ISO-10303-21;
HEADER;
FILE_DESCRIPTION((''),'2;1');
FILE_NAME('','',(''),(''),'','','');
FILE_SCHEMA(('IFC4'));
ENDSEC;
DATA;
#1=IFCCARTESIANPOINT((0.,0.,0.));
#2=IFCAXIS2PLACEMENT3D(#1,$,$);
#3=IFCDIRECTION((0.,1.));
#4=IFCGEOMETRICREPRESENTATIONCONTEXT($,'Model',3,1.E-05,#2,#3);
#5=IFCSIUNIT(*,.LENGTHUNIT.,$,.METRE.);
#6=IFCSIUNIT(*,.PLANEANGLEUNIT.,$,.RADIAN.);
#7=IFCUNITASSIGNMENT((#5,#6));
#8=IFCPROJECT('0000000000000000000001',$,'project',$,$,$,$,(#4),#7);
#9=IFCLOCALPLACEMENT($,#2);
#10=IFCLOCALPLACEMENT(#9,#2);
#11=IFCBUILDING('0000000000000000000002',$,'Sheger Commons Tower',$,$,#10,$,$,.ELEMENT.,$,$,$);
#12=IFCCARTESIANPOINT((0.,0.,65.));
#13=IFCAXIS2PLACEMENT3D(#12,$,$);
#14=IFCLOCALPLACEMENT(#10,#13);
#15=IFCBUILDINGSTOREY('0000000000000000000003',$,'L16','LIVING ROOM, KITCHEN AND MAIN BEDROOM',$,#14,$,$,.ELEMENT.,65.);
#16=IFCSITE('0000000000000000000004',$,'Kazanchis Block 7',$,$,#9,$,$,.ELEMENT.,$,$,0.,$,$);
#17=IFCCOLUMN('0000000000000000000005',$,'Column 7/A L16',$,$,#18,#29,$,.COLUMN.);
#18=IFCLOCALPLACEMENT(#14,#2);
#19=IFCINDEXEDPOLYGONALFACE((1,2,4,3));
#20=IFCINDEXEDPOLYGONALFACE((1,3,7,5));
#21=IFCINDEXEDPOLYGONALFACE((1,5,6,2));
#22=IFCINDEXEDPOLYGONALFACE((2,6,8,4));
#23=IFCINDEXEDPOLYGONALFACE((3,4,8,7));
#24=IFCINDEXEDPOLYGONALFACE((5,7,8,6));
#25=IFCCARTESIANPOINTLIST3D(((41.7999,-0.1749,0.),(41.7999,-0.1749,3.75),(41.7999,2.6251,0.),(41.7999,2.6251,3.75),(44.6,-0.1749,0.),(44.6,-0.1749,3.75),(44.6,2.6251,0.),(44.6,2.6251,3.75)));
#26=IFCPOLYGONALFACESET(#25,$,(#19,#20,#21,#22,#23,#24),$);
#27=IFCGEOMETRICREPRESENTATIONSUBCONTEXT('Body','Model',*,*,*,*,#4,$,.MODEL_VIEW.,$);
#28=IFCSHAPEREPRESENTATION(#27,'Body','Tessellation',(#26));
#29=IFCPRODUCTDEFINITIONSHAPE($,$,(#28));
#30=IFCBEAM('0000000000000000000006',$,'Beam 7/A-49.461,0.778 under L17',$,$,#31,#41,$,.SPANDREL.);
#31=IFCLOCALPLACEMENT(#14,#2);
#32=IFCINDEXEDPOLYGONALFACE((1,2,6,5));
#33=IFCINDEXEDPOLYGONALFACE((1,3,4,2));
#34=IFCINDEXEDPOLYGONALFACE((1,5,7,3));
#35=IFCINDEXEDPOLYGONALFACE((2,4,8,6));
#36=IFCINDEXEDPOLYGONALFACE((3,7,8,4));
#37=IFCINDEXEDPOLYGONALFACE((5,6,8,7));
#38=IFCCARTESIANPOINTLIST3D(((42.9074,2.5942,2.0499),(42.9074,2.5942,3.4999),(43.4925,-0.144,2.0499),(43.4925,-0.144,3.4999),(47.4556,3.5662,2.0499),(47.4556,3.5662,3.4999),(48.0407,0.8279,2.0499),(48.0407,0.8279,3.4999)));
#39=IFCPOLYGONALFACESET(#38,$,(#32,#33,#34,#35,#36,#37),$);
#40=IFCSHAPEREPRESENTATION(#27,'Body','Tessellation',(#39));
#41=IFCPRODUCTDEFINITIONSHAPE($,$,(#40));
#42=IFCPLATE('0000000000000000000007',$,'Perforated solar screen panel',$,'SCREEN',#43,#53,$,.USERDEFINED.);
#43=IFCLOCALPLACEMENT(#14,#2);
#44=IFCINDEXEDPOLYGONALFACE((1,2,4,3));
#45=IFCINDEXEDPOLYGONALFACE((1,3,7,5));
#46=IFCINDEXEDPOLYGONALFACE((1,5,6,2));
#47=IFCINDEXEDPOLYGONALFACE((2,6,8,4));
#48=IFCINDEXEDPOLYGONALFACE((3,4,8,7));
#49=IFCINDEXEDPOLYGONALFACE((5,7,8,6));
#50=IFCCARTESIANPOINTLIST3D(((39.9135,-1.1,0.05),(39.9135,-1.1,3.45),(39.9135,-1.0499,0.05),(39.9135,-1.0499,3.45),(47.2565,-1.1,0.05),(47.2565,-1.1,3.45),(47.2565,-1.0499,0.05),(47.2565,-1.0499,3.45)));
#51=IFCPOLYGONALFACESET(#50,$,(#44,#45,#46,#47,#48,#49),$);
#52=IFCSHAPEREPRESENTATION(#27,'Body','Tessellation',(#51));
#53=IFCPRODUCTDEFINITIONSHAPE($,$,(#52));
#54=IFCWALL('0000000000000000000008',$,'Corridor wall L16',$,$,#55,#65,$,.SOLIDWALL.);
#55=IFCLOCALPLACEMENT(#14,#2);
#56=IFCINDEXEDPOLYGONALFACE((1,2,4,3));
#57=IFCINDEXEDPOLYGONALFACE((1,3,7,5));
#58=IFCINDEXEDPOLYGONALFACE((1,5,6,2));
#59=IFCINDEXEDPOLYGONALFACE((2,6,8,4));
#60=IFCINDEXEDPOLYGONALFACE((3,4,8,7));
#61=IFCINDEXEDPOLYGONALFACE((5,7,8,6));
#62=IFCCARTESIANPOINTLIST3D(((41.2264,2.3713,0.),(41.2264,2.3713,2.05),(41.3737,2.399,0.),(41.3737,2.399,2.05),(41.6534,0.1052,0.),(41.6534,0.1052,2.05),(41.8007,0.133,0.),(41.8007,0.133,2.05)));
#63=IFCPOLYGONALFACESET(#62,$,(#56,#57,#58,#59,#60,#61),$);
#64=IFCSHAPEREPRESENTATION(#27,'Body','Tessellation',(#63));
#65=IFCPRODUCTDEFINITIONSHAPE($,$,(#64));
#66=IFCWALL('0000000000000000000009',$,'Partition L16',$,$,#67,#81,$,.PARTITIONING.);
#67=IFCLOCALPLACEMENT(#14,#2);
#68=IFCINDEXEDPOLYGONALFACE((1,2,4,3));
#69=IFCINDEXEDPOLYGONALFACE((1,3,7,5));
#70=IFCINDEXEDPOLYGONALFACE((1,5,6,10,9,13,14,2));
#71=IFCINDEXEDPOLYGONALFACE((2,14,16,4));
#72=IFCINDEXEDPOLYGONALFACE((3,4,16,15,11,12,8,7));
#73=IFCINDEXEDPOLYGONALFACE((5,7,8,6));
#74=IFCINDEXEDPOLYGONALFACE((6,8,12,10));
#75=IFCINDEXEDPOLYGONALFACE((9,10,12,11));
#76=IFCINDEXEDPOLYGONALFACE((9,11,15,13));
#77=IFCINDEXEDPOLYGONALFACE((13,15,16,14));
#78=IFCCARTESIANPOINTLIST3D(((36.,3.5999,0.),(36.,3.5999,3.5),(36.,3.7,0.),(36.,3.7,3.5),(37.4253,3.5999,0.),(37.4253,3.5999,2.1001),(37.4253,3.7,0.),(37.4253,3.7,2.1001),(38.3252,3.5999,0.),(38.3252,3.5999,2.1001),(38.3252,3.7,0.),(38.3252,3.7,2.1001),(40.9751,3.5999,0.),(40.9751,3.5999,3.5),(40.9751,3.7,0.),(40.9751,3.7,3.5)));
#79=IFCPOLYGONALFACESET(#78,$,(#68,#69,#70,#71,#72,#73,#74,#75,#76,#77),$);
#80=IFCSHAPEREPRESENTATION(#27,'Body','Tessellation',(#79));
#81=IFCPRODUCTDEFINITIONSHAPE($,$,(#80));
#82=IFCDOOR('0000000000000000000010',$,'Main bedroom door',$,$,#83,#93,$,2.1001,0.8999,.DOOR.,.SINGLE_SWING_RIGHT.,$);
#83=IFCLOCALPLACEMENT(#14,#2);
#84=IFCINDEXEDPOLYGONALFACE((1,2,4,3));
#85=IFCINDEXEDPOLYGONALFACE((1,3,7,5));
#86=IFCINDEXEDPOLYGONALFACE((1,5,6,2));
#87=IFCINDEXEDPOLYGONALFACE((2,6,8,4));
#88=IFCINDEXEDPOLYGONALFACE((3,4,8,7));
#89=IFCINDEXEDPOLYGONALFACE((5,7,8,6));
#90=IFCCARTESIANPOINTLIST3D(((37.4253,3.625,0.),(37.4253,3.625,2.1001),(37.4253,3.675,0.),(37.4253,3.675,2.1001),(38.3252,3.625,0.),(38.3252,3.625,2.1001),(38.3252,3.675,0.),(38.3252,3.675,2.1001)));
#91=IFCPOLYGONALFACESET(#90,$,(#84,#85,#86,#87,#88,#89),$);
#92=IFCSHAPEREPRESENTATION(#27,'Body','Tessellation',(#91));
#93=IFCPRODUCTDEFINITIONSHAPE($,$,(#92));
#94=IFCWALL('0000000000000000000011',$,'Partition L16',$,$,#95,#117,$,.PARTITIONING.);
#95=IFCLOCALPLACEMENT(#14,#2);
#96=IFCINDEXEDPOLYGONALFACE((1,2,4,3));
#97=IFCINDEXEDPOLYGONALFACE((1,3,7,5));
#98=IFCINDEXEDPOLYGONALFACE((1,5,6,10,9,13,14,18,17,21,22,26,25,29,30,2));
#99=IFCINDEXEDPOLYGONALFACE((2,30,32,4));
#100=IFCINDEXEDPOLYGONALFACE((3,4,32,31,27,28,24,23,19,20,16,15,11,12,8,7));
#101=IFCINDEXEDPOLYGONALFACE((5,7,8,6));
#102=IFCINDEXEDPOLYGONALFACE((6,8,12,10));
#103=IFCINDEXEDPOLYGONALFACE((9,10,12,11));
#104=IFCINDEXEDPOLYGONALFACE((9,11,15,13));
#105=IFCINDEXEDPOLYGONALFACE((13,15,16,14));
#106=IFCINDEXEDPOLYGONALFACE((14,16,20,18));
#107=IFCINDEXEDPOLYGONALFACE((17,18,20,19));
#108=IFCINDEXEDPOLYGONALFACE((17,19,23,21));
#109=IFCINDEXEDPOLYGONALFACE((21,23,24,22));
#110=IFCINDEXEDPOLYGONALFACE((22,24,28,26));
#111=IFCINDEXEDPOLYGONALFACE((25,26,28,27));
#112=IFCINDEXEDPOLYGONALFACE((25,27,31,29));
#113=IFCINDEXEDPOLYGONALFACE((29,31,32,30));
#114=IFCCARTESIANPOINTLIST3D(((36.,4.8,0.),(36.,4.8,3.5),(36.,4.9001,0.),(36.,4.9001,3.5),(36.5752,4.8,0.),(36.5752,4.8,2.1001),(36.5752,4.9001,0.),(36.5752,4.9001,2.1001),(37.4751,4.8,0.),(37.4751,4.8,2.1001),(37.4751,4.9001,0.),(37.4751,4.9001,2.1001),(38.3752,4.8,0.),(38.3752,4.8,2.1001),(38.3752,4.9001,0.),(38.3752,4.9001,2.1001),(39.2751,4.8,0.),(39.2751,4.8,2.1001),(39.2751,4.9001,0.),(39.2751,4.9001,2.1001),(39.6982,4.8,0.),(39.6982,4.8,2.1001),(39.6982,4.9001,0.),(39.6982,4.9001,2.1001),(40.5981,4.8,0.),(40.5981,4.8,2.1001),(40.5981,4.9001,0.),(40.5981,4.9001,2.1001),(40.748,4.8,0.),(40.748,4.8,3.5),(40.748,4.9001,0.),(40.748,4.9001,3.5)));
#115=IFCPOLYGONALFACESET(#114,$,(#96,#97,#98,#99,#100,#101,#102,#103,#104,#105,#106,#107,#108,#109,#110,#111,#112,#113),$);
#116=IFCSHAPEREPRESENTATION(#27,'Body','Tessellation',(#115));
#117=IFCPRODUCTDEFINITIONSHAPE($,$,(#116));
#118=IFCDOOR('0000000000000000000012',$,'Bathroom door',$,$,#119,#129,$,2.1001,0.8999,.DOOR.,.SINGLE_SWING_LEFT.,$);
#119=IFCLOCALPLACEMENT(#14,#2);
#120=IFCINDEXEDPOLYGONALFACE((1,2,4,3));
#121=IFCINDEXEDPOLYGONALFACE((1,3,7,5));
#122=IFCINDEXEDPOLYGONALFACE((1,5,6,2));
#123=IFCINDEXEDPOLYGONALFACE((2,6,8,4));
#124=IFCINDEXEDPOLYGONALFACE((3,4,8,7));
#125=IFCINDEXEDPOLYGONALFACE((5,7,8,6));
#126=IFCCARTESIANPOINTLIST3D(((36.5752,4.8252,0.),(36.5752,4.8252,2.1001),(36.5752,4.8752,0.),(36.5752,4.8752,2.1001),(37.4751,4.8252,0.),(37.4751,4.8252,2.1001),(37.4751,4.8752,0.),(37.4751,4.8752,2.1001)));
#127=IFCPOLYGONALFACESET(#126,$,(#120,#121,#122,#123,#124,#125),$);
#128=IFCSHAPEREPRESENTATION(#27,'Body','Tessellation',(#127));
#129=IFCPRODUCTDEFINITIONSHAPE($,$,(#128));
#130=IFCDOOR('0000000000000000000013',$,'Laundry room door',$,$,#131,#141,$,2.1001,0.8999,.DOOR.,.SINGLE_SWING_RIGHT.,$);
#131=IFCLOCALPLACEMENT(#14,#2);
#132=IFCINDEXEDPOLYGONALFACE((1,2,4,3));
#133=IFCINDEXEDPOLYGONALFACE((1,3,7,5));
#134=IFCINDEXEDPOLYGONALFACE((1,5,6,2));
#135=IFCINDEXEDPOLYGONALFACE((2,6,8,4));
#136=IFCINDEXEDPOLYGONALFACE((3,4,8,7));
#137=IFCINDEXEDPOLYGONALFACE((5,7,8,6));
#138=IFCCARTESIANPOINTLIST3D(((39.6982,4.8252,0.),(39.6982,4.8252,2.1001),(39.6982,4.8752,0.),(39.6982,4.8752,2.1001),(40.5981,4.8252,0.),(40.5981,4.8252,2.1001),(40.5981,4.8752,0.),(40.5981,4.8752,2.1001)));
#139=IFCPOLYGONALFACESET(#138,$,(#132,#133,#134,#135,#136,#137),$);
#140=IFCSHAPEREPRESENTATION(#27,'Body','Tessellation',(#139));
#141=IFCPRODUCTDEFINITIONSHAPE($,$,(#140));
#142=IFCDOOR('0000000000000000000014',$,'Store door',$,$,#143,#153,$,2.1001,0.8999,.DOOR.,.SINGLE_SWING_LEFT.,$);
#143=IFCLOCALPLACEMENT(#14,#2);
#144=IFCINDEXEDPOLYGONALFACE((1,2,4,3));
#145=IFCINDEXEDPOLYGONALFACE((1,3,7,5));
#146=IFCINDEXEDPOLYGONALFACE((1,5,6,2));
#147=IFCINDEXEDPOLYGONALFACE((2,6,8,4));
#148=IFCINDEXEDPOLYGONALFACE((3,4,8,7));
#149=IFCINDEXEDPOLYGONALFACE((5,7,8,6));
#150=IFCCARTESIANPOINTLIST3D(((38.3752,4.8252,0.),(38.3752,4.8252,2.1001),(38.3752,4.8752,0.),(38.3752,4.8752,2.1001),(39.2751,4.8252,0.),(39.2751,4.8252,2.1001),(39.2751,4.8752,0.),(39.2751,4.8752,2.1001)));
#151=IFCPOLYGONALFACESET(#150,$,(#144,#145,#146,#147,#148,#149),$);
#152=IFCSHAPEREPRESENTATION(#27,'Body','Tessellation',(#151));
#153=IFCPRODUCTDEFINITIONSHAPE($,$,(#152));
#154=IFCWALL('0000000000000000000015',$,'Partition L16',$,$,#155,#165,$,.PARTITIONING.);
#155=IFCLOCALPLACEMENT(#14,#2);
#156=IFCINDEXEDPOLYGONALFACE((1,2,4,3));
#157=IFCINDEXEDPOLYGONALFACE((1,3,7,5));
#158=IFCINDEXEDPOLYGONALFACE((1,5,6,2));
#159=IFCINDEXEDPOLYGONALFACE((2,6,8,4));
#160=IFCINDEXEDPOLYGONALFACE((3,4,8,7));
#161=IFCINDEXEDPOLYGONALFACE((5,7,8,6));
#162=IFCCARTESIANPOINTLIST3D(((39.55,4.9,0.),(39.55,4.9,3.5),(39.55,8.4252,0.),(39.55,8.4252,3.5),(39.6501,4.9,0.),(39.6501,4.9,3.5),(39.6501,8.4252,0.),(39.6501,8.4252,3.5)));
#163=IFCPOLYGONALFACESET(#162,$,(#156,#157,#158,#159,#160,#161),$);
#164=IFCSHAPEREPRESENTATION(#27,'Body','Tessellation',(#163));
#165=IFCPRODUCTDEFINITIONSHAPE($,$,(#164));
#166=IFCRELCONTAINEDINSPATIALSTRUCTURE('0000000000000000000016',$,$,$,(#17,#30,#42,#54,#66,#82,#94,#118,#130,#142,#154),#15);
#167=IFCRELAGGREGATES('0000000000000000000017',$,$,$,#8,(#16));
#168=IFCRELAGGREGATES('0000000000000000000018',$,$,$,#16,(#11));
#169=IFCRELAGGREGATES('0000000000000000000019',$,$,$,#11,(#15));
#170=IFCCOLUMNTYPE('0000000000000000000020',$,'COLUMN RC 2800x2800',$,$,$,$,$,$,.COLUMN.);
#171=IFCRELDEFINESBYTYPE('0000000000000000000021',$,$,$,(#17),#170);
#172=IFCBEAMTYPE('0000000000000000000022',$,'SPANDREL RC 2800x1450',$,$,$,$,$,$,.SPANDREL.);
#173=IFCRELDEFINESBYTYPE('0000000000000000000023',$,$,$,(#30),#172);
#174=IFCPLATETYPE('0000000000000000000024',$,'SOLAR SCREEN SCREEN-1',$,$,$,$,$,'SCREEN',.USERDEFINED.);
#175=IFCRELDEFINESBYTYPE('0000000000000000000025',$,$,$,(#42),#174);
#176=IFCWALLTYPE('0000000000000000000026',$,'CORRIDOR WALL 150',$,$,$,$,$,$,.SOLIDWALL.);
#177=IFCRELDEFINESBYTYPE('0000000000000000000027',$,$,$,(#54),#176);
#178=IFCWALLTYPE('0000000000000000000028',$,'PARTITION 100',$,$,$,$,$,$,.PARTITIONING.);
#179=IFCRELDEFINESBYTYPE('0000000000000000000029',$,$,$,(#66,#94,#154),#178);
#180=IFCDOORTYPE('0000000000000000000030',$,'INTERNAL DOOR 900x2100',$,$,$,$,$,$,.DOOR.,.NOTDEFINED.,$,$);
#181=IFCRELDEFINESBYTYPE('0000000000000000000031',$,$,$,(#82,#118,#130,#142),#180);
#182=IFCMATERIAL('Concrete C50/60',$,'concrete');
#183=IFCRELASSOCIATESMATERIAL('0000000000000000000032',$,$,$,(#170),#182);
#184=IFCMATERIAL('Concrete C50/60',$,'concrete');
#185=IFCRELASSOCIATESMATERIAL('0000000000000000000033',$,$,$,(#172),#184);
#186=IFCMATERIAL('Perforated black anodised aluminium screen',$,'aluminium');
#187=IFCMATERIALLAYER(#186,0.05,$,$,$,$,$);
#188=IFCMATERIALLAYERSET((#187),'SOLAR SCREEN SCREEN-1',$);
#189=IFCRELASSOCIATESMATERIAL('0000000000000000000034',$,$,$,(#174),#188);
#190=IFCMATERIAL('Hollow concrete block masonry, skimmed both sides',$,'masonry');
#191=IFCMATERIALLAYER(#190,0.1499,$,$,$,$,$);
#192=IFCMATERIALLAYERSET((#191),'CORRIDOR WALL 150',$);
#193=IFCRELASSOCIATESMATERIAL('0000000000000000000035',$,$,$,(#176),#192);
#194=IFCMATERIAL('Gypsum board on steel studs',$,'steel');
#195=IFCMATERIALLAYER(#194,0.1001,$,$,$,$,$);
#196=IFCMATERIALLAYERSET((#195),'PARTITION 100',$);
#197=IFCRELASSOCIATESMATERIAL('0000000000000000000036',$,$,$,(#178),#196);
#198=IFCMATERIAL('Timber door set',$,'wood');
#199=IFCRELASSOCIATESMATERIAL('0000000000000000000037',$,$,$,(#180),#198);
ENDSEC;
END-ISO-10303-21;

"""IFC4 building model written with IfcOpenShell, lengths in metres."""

from ifc_helpers import new_model, si_unit, direction, frame, frame_2d, origin, origin_2d, place, context, subcontext, project, spatial, rectangle, extrude, material, layer, layer_set, material_profile, profile_set, type_object, element, fill, save


model = new_model("IFC4")

# Units and contexts
model_context = context("Model", 3, precision=1e-05, world=origin(), true_north=direction((0.0, 1.0)))
body_context = subcontext(model_context, "Body", "Model", "MODEL_VIEW")
ifc_project = project(units=[si_unit("LENGTHUNIT", "METRE"), si_unit("PLANEANGLEUNIT", "RADIAN")], contexts=[model_context])

# Site, building, storey
site_placement = place(None, origin())
site = spatial("IfcSite", under=ifc_project, at=site_placement, Name="Kazanchis Block 7", CompositionType="ELEMENT", RefElevation=0.0)
building_placement = place(site_placement, origin())
building = spatial("IfcBuilding", under=site, at=building_placement, Name="Sheger Commons Tower", CompositionType="ELEMENT")
storey_placement = place(building_placement, frame((0.0, 0.0, 65.0)))
storey = spatial("IfcBuildingStorey", under=building, at=storey_placement, Name="L16", Description="LIVING ROOM, KITCHEN AND MAIN BEDROOM", CompositionType="ELEMENT", Elevation=65.0)

# Column
ifc_material_1 = material(Name="Concrete C50/60", Category="concrete")
ifc_material_profile_1 = material_profile(ifc_material_1, rectangle(XDim=2.8, YDim=2.8, at=origin_2d()), Name="RC 2800x2800")
ifc_profile_set_1 = profile_set([ifc_material_profile_1], Name="Concrete C50/60")
column_type = type_object("IfcColumnType", Name="COLUMN RC 2800x2800", PredefinedType="COLUMN", material=ifc_profile_set_1)
column_placement = place(storey_placement, frame((43.2, 1.2251, 0.0), z_axis=(0.0, 0.0, 1.0), x_axis=(1.0, 0.0, 0.0)))
element("IfcColumn", 1, at=column_placement, inside=storey, type_object=column_type, Name="Column 7/A L16", PredefinedType="COLUMN", context=body_context, shape_type="SweptSolid", body=[
    extrude(rectangle(XDim=2.8, YDim=2.8, at=origin_2d()), origin(), (0.0, 0.0, 1.0), 3.75),
])

# Beam
ifc_material_2 = material(Name="Concrete C50/60", Category="concrete")
ifc_material_profile_2 = material_profile(ifc_material_2, rectangle(XDim=2.8, YDim=1.45, at=origin_2d()), Name="RC 2800x1450")
ifc_profile_set_2 = profile_set([ifc_material_profile_2], Name="Concrete C50/60")
beam_type = type_object("IfcBeamType", Name="SPANDREL RC 2800x1450", PredefinedType="SPANDREL", material=ifc_profile_set_2)
beam_placement = place(storey_placement, frame((43.2, 1.2251, 2.7749), z_axis=(0.97792, 0.208981, 0.0), x_axis=(-0.208981, 0.97792, 0.0)))
element("IfcBeam", 2, at=beam_placement, inside=storey, type_object=beam_type, Name="Beam 7/A-49.461,0.778 under L17", PredefinedType="SPANDREL", context=body_context, shape_type="SweptSolid", body=[
    extrude(rectangle(XDim=2.8, YDim=1.45, at=origin_2d()), origin(), (0.0, 0.0, 1.0), 4.6509),
])

# Plate
ifc_material_3 = material(Name="Perforated black anodised aluminium screen", Category="aluminium")
ifc_layer_1 = layer(ifc_material_3, 0.05)
ifc_layer_set_1 = layer_set([ifc_layer_1], Name="SOLAR SCREEN SCREEN-1")
plate_type = type_object("IfcPlateType", Name="SOLAR SCREEN SCREEN-1", ElementType="SCREEN", PredefinedType="USERDEFINED", material=ifc_layer_set_1)
plate_placement = place(storey_placement, frame((43.585, -1.075, 0.05), z_axis=(0.0, 0.0, 1.0), x_axis=(1.0, 0.0, 0.0)))
element("IfcPlate", 3, at=plate_placement, inside=storey, type_object=plate_type, Name="Perforated solar screen panel", ObjectType="SCREEN", PredefinedType="USERDEFINED", context=body_context, shape_type="SweptSolid", body=[
    extrude(rectangle(XDim=7.343, YDim=0.05, at=origin_2d()), origin(), (0.0, 0.0, 1.0), 3.3999),
])

# Wall
ifc_material_4 = material(Name="Hollow concrete block masonry, skimmed both sides", Category="masonry")
ifc_layer_2 = layer(ifc_material_4, 0.1499)
ifc_layer_set_2 = layer_set([ifc_layer_2], Name="CORRIDOR WALL 150")
wall_type_1 = type_object("IfcWallType", Name="CORRIDOR WALL 150", PredefinedType="SOLIDWALL", material=ifc_layer_set_2)
wall_1_placement = place(storey_placement, frame((41.3, 2.385, 0.0), z_axis=(0.0, 0.0, 1.0), x_axis=(0.185171, -0.982706, 0.0)))
element("IfcWall", 4, at=wall_1_placement, inside=storey, type_object=wall_type_1, Name="Corridor wall L16", PredefinedType="SOLIDWALL", context=body_context, shape_type="SweptSolid", body=[
    extrude(rectangle(XDim=2.3059, YDim=0.1499, at=frame_2d((1.1528, 0.0))), origin(), (0.0, 0.0, 1.0), 2.05),
])

# Wall, opening, door
ifc_material_5 = material(Name="Gypsum board on steel studs", Category="steel")
ifc_layer_3 = layer(ifc_material_5, 0.1001)
ifc_layer_set_3 = layer_set([ifc_layer_3], Name="PARTITION 100")
wall_type_2 = type_object("IfcWallType", Name="PARTITION 100", PredefinedType="PARTITIONING", material=ifc_layer_set_3)
wall_2_placement = place(storey_placement, frame((40.9751, 3.6499, 0.0), z_axis=(0.0, 0.0, 1.0), x_axis=(-1.0, 0.0, 0.0)))
wall_2 = element("IfcWall", 5, at=wall_2_placement, inside=storey, type_object=wall_type_2, Name="Partition L16", PredefinedType="PARTITIONING", context=body_context, shape_type="SweptSolid", body=[
    extrude(rectangle(XDim=4.9751, YDim=0.1001, at=frame_2d((2.4875, 0.0))), origin(), (0.0, 0.0, 1.0), 3.5),
])
opening_1_placement = place(wall_2_placement, frame((2.6499, 0.0, 0.0)))
opening_1 = element("IfcOpeningElement", 6, at=opening_1_placement, cuts=wall_2, PredefinedType="OPENING", context=body_context, shape_type="SweptSolid", body=[
    extrude(rectangle(XDim=0.8999, YDim=2.1001, at=frame_2d((0.45, 1.05))), frame((0.0, 0.0601, 0.0), z_axis=(0.0, -1.0, 0.0), x_axis=(1.0, 0.0, 0.0)), (0.0, 0.0, 1.0), 0.1201),
])
ifc_material_6 = material(Name="Timber door set", Category="wood")
door_type = type_object("IfcDoorType", Name="INTERNAL DOOR 900x2100", OperationType="NOTDEFINED", PredefinedType="DOOR", material=ifc_material_6)
door_1_placement = place(opening_1_placement, origin())
door_1 = element("IfcDoor", 7, at=door_1_placement, inside=storey, type_object=door_type, Name="Main bedroom door", OperationType="SINGLE_SWING_RIGHT", OverallHeight=2.1001, OverallWidth=0.8999, PredefinedType="DOOR", context=body_context, shape_type="SweptSolid", body=[
    extrude(rectangle(XDim=0.8999, YDim=2.1001, at=frame_2d((0.45, 1.05))), frame((0.0, 0.0249, 0.0), z_axis=(0.0, -1.0, 0.0), x_axis=(1.0, 0.0, 0.0)), (0.0, 0.0, 1.0), 0.05),
])
fill(opening_1, door_1)

# Wall, openings, doors
wall_3_placement = place(storey_placement, frame((40.748, 4.8501, 0.0), z_axis=(0.0, 0.0, 1.0), x_axis=(-1.0, 0.0, 0.0)))
wall_3 = element("IfcWall", 8, at=wall_3_placement, inside=storey, type_object=wall_type_2, Name="Partition L16", PredefinedType="PARTITIONING", context=body_context, shape_type="SweptSolid", body=[
    extrude(rectangle(XDim=4.748, YDim=0.1001, at=frame_2d((2.374, 0.0))), origin(), (0.0, 0.0, 1.0), 3.5),
])
opening_2_placement = place(wall_3_placement, frame((3.2729, 0.0, 0.0)))
opening_2 = element("IfcOpeningElement", 9, at=opening_2_placement, cuts=wall_3, PredefinedType="OPENING", context=body_context, shape_type="SweptSolid", body=[
    extrude(rectangle(XDim=0.8999, YDim=2.1001, at=frame_2d((0.45, 1.05))), frame((0.0, 0.0601, 0.0), z_axis=(0.0, -1.0, 0.0), x_axis=(1.0, 0.0, 0.0)), (0.0, 0.0, 1.0), 0.1201),
])
opening_3_placement = place(wall_3_placement, frame((0.1499, 0.0, 0.0)))
opening_3 = element("IfcOpeningElement", 10, at=opening_3_placement, cuts=wall_3, PredefinedType="OPENING", context=body_context, shape_type="SweptSolid", body=[
    extrude(rectangle(XDim=0.8999, YDim=2.1001, at=frame_2d((0.45, 1.05))), frame((0.0, 0.0601, 0.0), z_axis=(0.0, -1.0, 0.0), x_axis=(1.0, 0.0, 0.0)), (0.0, 0.0, 1.0), 0.1201),
])
opening_4_placement = place(wall_3_placement, frame((1.4729, 0.0, 0.0)))
opening_4 = element("IfcOpeningElement", 11, at=opening_4_placement, cuts=wall_3, PredefinedType="OPENING", context=body_context, shape_type="SweptSolid", body=[
    extrude(rectangle(XDim=0.8999, YDim=2.1001, at=frame_2d((0.45, 1.05))), frame((0.0, 0.0601, 0.0), z_axis=(0.0, -1.0, 0.0), x_axis=(1.0, 0.0, 0.0)), (0.0, 0.0, 1.0), 0.1201),
])
door_2_placement = place(opening_2_placement, origin())
door_2 = element("IfcDoor", 12, at=door_2_placement, inside=storey, type_object=door_type, Name="Bathroom door", OperationType="SINGLE_SWING_LEFT", OverallHeight=2.1001, OverallWidth=0.8999, PredefinedType="DOOR", context=body_context, shape_type="SweptSolid", body=[
    extrude(rectangle(XDim=0.8999, YDim=2.1001, at=frame_2d((0.45, 1.05))), frame((0.0, 0.0249, 0.0), z_axis=(0.0, -1.0, 0.0), x_axis=(1.0, 0.0, 0.0)), (0.0, 0.0, 1.0), 0.05),
])
fill(opening_2, door_2)
door_3_placement = place(opening_3_placement, origin())
door_3 = element("IfcDoor", 13, at=door_3_placement, inside=storey, type_object=door_type, Name="Laundry room door", OperationType="SINGLE_SWING_RIGHT", OverallHeight=2.1001, OverallWidth=0.8999, PredefinedType="DOOR", context=body_context, shape_type="SweptSolid", body=[
    extrude(rectangle(XDim=0.8999, YDim=2.1001, at=frame_2d((0.45, 1.05))), frame((0.0, 0.0249, 0.0), z_axis=(0.0, -1.0, 0.0), x_axis=(1.0, 0.0, 0.0)), (0.0, 0.0, 1.0), 0.05),
])
fill(opening_3, door_3)
door_4_placement = place(opening_4_placement, origin())
door_4 = element("IfcDoor", 14, at=door_4_placement, inside=storey, type_object=door_type, Name="Store door", OperationType="SINGLE_SWING_LEFT", OverallHeight=2.1001, OverallWidth=0.8999, PredefinedType="DOOR", context=body_context, shape_type="SweptSolid", body=[
    extrude(rectangle(XDim=0.8999, YDim=2.1001, at=frame_2d((0.45, 1.05))), frame((0.0, 0.0249, 0.0), z_axis=(0.0, -1.0, 0.0), x_axis=(1.0, 0.0, 0.0)), (0.0, 0.0, 1.0), 0.05),
])
fill(opening_4, door_4)

# Wall
wall_4_placement = place(storey_placement, frame((39.6001, 4.8999, 0.0), z_axis=(0.0, 0.0, 1.0), x_axis=(0.0, 1.0, 0.0)))
element("IfcWall", 15, at=wall_4_placement, inside=storey, type_object=wall_type_2, Name="Partition L16", PredefinedType="PARTITIONING", context=body_context, shape_type="SweptSolid", body=[
    extrude(rectangle(XDim=3.5251, YDim=0.1001, at=frame_2d((1.7627, 0.0))), origin(), (0.0, 0.0, 1.0), 3.5),
])

save(model, "model.ifc")
